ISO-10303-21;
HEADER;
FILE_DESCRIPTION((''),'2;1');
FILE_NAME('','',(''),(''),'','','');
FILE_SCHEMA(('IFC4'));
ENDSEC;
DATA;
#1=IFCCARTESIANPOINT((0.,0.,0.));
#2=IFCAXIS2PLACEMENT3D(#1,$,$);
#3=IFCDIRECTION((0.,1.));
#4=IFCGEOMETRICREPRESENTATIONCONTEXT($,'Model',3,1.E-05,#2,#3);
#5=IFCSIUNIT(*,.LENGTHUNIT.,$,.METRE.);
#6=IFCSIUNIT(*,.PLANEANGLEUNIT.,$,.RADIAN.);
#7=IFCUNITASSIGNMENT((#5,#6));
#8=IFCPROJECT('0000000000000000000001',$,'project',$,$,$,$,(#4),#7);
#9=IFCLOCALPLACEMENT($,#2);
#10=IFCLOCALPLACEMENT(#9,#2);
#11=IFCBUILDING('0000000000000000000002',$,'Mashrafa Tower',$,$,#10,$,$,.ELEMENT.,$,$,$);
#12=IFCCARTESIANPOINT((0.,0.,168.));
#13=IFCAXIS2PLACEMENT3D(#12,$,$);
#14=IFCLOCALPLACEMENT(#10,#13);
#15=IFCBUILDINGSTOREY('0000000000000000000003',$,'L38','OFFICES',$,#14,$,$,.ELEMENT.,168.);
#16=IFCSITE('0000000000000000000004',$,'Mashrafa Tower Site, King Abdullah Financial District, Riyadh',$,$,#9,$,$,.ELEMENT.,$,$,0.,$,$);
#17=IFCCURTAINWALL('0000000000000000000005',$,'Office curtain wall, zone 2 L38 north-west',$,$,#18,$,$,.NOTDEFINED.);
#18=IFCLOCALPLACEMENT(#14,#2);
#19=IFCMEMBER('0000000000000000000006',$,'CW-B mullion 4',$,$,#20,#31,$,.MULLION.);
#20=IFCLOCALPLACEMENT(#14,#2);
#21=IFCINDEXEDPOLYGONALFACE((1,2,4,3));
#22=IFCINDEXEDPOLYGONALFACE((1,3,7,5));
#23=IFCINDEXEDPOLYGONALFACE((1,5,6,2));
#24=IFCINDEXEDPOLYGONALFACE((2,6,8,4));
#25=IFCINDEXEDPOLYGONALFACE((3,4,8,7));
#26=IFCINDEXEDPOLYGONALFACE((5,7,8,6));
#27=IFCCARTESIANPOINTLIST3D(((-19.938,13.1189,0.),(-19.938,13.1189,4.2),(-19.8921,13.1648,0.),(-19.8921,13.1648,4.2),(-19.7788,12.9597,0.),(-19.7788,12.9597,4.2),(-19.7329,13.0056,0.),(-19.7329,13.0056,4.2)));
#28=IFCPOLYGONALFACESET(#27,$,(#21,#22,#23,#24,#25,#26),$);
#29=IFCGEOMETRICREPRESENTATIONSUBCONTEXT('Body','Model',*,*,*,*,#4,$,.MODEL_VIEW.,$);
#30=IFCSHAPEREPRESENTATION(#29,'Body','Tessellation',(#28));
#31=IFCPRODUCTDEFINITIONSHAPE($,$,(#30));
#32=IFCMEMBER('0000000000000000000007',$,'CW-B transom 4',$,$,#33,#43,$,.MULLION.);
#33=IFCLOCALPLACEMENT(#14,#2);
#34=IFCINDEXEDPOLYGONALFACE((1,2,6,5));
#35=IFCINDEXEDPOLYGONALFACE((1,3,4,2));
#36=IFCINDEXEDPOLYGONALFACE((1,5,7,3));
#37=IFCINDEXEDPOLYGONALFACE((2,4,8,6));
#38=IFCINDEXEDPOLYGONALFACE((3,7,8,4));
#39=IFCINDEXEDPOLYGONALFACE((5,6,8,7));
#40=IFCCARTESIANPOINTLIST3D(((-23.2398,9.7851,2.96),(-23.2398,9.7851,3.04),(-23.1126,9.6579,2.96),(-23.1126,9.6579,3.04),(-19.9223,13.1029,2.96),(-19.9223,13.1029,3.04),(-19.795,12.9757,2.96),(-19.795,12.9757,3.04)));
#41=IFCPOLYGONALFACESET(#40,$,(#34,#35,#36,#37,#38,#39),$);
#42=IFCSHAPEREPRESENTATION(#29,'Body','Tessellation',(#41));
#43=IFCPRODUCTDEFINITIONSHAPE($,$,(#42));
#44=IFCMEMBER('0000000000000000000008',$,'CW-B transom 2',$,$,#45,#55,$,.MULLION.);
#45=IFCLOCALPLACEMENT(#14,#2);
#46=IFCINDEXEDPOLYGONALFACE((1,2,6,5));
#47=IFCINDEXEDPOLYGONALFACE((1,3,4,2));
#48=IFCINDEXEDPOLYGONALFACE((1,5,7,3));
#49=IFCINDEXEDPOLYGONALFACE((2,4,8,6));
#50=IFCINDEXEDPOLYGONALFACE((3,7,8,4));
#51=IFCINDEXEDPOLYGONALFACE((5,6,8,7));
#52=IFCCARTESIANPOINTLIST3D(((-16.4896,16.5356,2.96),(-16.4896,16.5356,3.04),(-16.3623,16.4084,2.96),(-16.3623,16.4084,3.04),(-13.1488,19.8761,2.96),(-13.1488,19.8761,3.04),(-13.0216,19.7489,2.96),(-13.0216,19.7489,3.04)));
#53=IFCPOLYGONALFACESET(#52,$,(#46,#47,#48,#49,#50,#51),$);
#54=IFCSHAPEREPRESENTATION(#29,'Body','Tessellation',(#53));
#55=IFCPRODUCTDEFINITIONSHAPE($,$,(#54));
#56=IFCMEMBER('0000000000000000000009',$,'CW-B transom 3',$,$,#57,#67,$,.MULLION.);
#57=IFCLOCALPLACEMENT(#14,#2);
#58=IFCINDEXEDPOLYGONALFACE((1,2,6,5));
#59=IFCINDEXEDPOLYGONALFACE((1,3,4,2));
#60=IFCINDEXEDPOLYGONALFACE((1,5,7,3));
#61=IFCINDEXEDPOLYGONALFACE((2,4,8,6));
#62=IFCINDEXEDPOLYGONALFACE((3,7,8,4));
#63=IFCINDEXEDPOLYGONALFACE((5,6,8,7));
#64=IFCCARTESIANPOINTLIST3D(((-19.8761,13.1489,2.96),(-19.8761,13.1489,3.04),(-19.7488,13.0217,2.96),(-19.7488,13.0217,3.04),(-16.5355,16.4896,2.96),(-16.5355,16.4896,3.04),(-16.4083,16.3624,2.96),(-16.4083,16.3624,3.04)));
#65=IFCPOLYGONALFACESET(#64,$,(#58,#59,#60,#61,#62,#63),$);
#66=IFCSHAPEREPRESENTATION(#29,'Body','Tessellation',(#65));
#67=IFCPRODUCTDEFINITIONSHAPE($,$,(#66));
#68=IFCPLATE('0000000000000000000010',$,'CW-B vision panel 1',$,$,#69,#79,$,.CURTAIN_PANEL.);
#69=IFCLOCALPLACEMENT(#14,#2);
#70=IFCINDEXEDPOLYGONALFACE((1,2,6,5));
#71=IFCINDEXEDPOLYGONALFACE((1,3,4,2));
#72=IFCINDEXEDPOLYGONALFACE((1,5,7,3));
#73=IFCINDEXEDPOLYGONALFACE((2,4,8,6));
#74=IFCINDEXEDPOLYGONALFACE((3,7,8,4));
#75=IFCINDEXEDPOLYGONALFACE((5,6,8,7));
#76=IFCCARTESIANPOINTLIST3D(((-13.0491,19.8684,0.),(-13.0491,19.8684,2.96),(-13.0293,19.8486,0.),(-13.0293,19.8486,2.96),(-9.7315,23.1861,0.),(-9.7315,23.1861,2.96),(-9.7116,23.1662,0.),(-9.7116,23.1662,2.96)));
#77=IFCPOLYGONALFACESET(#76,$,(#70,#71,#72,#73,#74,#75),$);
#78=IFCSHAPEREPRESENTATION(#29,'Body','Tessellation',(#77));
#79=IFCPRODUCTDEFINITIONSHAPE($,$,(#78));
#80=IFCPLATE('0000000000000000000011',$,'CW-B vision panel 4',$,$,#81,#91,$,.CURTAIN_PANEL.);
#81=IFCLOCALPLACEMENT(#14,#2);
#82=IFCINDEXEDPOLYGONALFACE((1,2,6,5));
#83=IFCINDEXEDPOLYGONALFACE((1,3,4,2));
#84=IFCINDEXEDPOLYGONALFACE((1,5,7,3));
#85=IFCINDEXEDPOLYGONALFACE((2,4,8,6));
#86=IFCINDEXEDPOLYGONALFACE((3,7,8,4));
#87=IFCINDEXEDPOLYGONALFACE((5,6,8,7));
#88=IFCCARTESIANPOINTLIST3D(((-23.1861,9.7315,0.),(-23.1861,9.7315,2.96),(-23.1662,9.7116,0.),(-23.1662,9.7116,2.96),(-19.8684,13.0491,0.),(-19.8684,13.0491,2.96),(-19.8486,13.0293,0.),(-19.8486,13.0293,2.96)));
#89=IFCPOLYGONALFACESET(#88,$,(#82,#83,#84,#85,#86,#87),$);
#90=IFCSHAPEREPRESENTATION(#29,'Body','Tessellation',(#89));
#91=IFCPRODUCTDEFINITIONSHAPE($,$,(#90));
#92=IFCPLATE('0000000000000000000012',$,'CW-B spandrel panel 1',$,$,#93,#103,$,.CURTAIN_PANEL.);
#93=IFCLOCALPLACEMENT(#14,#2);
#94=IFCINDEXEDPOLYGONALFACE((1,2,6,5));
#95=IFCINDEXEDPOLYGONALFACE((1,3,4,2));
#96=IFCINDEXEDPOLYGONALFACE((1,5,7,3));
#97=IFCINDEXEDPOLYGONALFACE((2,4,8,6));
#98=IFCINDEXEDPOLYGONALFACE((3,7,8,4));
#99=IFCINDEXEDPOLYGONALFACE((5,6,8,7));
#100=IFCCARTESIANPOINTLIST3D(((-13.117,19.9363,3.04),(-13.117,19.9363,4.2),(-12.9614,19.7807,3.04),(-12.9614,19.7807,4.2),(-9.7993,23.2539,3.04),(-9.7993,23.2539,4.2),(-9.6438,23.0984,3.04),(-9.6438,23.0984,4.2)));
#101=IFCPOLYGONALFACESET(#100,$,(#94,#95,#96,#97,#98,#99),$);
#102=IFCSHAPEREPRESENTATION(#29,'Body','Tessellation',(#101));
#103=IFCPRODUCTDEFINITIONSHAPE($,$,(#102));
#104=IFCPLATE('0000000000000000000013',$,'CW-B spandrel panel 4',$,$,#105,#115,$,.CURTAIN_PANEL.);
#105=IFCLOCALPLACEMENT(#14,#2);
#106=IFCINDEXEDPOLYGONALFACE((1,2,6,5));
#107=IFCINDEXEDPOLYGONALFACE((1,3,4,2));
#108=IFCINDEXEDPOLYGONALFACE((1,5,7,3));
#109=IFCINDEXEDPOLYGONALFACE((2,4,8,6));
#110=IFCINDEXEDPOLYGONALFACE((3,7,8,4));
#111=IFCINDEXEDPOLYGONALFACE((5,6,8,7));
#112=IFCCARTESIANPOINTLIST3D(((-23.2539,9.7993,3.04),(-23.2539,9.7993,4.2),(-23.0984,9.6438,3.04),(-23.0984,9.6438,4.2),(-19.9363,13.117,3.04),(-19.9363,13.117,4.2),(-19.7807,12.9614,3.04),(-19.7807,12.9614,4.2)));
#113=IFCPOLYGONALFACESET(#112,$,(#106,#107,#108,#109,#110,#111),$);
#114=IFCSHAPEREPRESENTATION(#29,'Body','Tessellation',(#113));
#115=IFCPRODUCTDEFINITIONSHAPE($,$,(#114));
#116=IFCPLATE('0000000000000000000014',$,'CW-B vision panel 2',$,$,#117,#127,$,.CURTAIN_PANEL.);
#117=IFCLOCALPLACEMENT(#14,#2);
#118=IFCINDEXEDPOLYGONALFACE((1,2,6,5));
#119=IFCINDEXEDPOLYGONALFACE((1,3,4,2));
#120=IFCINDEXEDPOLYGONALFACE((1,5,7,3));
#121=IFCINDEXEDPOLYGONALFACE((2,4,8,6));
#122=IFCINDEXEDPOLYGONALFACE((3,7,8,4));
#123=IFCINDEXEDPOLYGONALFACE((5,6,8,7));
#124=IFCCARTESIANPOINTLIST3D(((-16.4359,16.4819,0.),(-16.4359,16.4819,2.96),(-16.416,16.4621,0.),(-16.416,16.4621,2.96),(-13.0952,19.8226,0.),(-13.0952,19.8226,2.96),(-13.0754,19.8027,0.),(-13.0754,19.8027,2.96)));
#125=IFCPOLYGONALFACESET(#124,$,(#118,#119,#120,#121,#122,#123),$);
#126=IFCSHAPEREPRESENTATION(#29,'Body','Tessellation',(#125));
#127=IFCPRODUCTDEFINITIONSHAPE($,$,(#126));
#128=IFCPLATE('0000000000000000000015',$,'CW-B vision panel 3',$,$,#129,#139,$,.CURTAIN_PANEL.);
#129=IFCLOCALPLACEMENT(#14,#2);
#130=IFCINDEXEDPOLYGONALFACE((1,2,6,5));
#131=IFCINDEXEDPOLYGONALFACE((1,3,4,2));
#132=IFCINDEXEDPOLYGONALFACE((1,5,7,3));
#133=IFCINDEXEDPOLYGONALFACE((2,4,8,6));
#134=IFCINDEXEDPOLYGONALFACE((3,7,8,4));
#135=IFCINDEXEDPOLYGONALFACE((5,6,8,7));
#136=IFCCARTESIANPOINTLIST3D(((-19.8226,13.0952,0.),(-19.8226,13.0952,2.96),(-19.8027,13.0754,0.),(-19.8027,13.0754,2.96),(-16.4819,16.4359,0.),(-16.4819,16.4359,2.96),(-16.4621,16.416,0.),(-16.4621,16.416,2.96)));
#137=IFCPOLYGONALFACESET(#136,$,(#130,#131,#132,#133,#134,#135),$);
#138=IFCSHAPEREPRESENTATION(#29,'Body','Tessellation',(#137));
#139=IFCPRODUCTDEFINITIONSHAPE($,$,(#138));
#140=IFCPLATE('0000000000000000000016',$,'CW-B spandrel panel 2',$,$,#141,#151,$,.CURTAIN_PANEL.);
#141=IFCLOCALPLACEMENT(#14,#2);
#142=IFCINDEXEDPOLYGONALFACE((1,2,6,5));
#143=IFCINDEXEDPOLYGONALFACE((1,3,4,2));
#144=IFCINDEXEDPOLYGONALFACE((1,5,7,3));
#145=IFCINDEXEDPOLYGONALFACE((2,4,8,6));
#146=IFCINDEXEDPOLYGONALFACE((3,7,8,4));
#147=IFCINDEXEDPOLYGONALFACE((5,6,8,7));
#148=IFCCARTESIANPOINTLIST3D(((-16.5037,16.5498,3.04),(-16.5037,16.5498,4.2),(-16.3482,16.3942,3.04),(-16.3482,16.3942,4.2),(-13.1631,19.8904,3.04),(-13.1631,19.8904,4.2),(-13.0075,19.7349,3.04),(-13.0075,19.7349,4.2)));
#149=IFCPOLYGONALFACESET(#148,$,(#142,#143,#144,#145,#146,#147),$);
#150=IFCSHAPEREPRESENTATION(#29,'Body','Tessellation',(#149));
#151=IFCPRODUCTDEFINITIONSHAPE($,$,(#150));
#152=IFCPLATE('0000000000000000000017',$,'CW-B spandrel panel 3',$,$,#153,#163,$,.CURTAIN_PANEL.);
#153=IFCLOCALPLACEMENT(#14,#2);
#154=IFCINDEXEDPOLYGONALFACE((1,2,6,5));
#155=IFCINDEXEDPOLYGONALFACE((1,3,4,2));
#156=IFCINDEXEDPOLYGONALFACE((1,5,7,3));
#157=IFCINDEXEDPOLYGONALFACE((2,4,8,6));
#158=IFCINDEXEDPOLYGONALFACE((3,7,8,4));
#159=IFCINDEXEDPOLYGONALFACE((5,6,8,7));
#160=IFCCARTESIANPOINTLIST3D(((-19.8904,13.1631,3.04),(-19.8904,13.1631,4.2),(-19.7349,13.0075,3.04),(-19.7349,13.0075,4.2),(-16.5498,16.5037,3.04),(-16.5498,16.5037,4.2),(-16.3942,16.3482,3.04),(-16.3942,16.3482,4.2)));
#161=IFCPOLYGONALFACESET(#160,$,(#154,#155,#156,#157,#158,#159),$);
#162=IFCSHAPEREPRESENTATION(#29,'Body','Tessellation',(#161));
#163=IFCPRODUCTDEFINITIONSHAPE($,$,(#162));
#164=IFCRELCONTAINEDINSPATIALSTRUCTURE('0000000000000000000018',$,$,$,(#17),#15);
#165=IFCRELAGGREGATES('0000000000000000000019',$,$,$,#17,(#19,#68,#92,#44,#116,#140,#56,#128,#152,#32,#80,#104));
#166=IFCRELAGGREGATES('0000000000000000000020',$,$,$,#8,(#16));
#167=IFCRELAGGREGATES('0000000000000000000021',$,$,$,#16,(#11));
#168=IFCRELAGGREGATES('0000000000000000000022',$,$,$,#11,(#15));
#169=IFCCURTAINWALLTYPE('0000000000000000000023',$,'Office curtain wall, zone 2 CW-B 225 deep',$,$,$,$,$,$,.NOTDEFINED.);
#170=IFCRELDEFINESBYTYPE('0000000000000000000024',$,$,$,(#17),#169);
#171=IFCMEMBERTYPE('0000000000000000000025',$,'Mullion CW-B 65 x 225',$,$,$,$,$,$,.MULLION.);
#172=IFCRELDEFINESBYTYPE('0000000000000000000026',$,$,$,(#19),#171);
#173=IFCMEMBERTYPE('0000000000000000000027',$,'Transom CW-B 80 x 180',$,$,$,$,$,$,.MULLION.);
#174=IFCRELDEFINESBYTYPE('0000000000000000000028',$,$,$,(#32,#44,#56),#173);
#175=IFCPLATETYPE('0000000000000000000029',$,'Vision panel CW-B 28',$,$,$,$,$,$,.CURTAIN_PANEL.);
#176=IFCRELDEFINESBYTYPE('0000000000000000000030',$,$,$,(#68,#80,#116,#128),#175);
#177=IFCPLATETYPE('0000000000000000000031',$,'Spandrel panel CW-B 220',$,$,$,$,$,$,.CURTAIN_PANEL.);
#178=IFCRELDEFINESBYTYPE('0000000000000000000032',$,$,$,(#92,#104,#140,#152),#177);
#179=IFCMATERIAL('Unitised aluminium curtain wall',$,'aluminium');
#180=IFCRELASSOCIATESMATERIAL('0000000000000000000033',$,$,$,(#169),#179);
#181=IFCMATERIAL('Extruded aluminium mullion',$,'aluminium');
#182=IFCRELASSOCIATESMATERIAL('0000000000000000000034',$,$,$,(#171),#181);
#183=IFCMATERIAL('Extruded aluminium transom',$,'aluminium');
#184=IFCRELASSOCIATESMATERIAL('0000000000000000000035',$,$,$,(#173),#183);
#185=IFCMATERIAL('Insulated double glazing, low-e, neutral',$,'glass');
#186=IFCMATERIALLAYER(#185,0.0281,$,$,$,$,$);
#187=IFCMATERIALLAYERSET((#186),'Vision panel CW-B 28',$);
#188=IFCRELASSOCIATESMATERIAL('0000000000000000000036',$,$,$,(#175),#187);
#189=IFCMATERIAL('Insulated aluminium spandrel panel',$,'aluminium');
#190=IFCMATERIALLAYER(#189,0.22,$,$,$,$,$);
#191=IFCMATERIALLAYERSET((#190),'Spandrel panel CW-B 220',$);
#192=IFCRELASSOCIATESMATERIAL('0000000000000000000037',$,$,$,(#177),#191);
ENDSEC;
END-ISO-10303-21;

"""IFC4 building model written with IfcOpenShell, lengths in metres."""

from ifc_helpers import new_model, si_unit, direction, frame, origin, origin_2d, place, context, subcontext, project, spatial, rectangle, extrude, source, transform, mapped, material, layer, layer_set, material_profile, profile_set, type_object, type_shapes, element, aggregate, save


model = new_model("IFC4")

# Units and contexts
model_context = context("Model", 3, precision=1e-05, world=origin(), true_north=direction((0.0, 1.0)))
body_context = subcontext(model_context, "Body", "Model", "MODEL_VIEW")
ifc_project = project(units=[si_unit("LENGTHUNIT", "METRE"), si_unit("PLANEANGLEUNIT", "RADIAN")], contexts=[model_context])

# Site, building, storey
site_placement = place(None, origin())
site = spatial("IfcSite", under=ifc_project, at=site_placement, Name="Mashrafa Tower Site, King Abdullah Financial District, Riyadh", CompositionType="ELEMENT", RefElevation=0.0)
building_placement = place(site_placement, origin())
building = spatial("IfcBuilding", under=site, at=building_placement, Name="Mashrafa Tower", CompositionType="ELEMENT")
storey_placement = place(building_placement, frame((0.0, 0.0, 168.0)))
storey = spatial("IfcBuildingStorey", under=building, at=storey_placement, Name="L38", Description="OFFICES", CompositionType="ELEMENT", Elevation=168.0)

# Curtain wall, members, plates
ifc_material_1 = material(Name="Unitised aluminium curtain wall", Category="aluminium")
curtain_wall_type = type_object("IfcCurtainWallType", Name="Office curtain wall, zone 2 CW-B 225 deep", PredefinedType="NOTDEFINED", material=ifc_material_1)
curtain_wall_placement = place(storey_placement, origin())
curtain_wall = element("IfcCurtainWall", 1, at=curtain_wall_placement, inside=storey, type_object=curtain_wall_type, Name="Office curtain wall, zone 2 L38 north-west", PredefinedType="NOTDEFINED")
ifc_material_2 = material(Name="Extruded aluminium mullion", Category="aluminium")
ifc_material_profile_1 = material_profile(ifc_material_2, rectangle(XDim=0.2251, YDim=0.0649, at=origin_2d()), Name="Mullion 65x225")
ifc_profile_set_1 = profile_set([ifc_material_profile_1], Name="Extruded aluminium mullion")
member_type_1 = type_object("IfcMemberType", Name="Mullion CW-B 65 x 225", PredefinedType="MULLION", material=ifc_profile_set_1)
shared_shape_1 = source(origin(), body_context, "Body", "SweptSolid", [
    extrude(rectangle(XDim=0.2251, YDim=0.0649, at=origin_2d()), origin(), (0.0, 0.0, 1.0), 4.2),
])
type_shapes(member_type_1, [shared_shape_1])
member_1_placement = place(storey_placement, frame((-19.8354, 13.0623, 0.0), z_axis=(0.0, 0.0, 1.0), x_axis=(0.707107, -0.707107, 0.0)))
member_1 = element("IfcMember", 2, at=member_1_placement, type_object=member_type_1, Name="CW-B mullion 4", PredefinedType="MULLION", context=body_context, shape_type="MappedRepresentation", body=[
    mapped(shared_shape_1, transform((0.0, 0.0, 0.0))),
])
ifc_material_3 = material(Name="Extruded aluminium transom", Category="aluminium")
ifc_material_profile_2 = material_profile(ifc_material_3, rectangle(XDim=0.1799, YDim=0.0801, at=origin_2d()), Name="Transom 80x180")
ifc_profile_set_2 = profile_set([ifc_material_profile_2], Name="Extruded aluminium transom")
member_type_2 = type_object("IfcMemberType", Name="Transom CW-B 80 x 180", PredefinedType="MULLION", material=ifc_profile_set_2)
shared_shape_2 = source(origin(), body_context, "Body", "SweptSolid", [
    extrude(rectangle(XDim=0.1799, YDim=0.0801, at=origin_2d()), origin(), (0.0, 0.0, 1.0), 4.6919),
])
member_2_placement = place(storey_placement, frame((-19.8586, 13.0393, 3.0), z_axis=(-0.707081, -0.707133, 0.0), x_axis=(0.707133, -0.707081, 0.0)))
member_2 = element("IfcMember", 3, at=member_2_placement, type_object=member_type_2, Name="CW-B transom 4", PredefinedType="MULLION", context=body_context, shape_type="MappedRepresentation", body=[
    mapped(shared_shape_2, transform((0.0, 0.0, 0.0))),
])
shared_shape_3 = source(origin(), body_context, "Body", "SweptSolid", [
    extrude(rectangle(XDim=0.1799, YDim=0.0801, at=origin_2d()), origin(), (0.0, 0.0, 1.0), 4.7244),
])
type_shapes(member_type_2, [shared_shape_2, shared_shape_3])
member_3_placement = place(storey_placement, frame((-13.0852, 19.8125, 3.0), z_axis=(-0.707133, -0.707081, 0.0), x_axis=(0.707081, -0.707133, 0.0)))
member_3 = element("IfcMember", 4, at=member_3_placement, type_object=member_type_2, Name="CW-B transom 2", PredefinedType="MULLION", context=body_context, shape_type="MappedRepresentation", body=[
    mapped(shared_shape_3, transform((0.0, 0.0, 0.0))),
])
member_4_placement = place(storey_placement, frame((-16.4719, 16.426, 3.0), z_axis=(-0.707081, -0.707133, 0.0), x_axis=(0.707133, -0.707081, 0.0)))
member_4 = element("IfcMember", 5, at=member_4_placement, type_object=member_type_2, Name="CW-B transom 3", PredefinedType="MULLION", context=body_context, shape_type="MappedRepresentation", body=[
    mapped(shared_shape_3, transform((0.0, 0.0, 0.0))),
])
ifc_material_4 = material(Name="Insulated double glazing, low-e, neutral", Category="glass")
ifc_layer_1 = layer(ifc_material_4, 0.0281)
ifc_layer_set_1 = layer_set([ifc_layer_1], Name="Vision panel CW-B 28")
plate_type_1 = type_object("IfcPlateType", Name="Vision panel CW-B 28", PredefinedType="CURTAIN_PANEL", material=ifc_layer_set_1)
shared_shape_4 = source(origin(), body_context, "Body", "SweptSolid", [
    extrude(rectangle(XDim=4.6919, YDim=0.0281, at=origin_2d()), origin(), (0.0, 0.0, 1.0), 2.96),
])
plate_1_placement = place(storey_placement, frame((-11.3804, 21.5173, 0.0), z_axis=(0.0, 0.0, 1.0), x_axis=(-0.707107, -0.707107, 0.0)))
plate_1 = element("IfcPlate", 6, at=plate_1_placement, type_object=plate_type_1, Name="CW-B vision panel 1", PredefinedType="CURTAIN_PANEL", context=body_context, shape_type="MappedRepresentation", body=[
    mapped(shared_shape_4, transform((0.0, 0.0, 0.0))),
])
plate_2_placement = place(storey_placement, frame((-21.5173, 11.3804, 0.0), z_axis=(0.0, 0.0, 1.0), x_axis=(-0.707107, -0.707107, 0.0)))
plate_2 = element("IfcPlate", 7, at=plate_2_placement, type_object=plate_type_1, Name="CW-B vision panel 4", PredefinedType="CURTAIN_PANEL", context=body_context, shape_type="MappedRepresentation", body=[
    mapped(shared_shape_4, transform((0.0, 0.0, 0.0))),
])
ifc_material_5 = material(Name="Insulated aluminium spandrel panel", Category="aluminium")
ifc_layer_2 = layer(ifc_material_5, 0.22)
ifc_layer_set_2 = layer_set([ifc_layer_2], Name="Spandrel panel CW-B 220")
plate_type_2 = type_object("IfcPlateType", Name="Spandrel panel CW-B 220", PredefinedType="CURTAIN_PANEL", material=ifc_layer_set_2)
shared_shape_5 = source(origin(), body_context, "Body", "SweptSolid", [
    extrude(rectangle(XDim=4.6919, YDim=0.22, at=origin_2d()), origin(), (0.0, 0.0, 1.0), 1.1599),
])
plate_3_placement = place(storey_placement, frame((-11.3804, 21.5173, 3.04), z_axis=(0.0, 0.0, 1.0), x_axis=(-0.707107, -0.707107, 0.0)))
plate_3 = element("IfcPlate", 8, at=plate_3_placement, type_object=plate_type_2, Name="CW-B spandrel panel 1", PredefinedType="CURTAIN_PANEL", context=body_context, shape_type="MappedRepresentation", body=[
    mapped(shared_shape_5, transform((0.0, 0.0, 0.0))),
])
plate_4_placement = place(storey_placement, frame((-21.5173, 11.3804, 3.04), z_axis=(0.0, 0.0, 1.0), x_axis=(-0.707107, -0.707107, 0.0)))
plate_4 = element("IfcPlate", 9, at=plate_4_placement, type_object=plate_type_2, Name="CW-B spandrel panel 4", PredefinedType="CURTAIN_PANEL", context=body_context, shape_type="MappedRepresentation", body=[
    mapped(shared_shape_5, transform((0.0, 0.0, 0.0))),
])
shared_shape_6 = source(origin(), body_context, "Body", "SweptSolid", [
    extrude(rectangle(XDim=4.7244, YDim=0.0281, at=origin_2d()), origin(), (0.0, 0.0, 1.0), 2.96),
])
type_shapes(plate_type_1, [shared_shape_4, shared_shape_6])
plate_5_placement = place(storey_placement, frame((-14.7556, 18.1423, 0.0), z_axis=(0.0, 0.0, 1.0), x_axis=(-0.707107, -0.707107, 0.0)))
plate_5 = element("IfcPlate", 10, at=plate_5_placement, type_object=plate_type_1, Name="CW-B vision panel 2", PredefinedType="CURTAIN_PANEL", context=body_context, shape_type="MappedRepresentation", body=[
    mapped(shared_shape_6, transform((0.0, 0.0, 0.0))),
])
plate_6_placement = place(storey_placement, frame((-18.1423, 14.7556, 0.0), z_axis=(0.0, 0.0, 1.0), x_axis=(-0.707107, -0.707107, 0.0)))
plate_6 = element("IfcPlate", 11, at=plate_6_placement, type_object=plate_type_1, Name="CW-B vision panel 3", PredefinedType="CURTAIN_PANEL", context=body_context, shape_type="MappedRepresentation", body=[
    mapped(shared_shape_6, transform((0.0, 0.0, 0.0))),
])
shared_shape_7 = source(origin(), body_context, "Body", "SweptSolid", [
    extrude(rectangle(XDim=4.7244, YDim=0.22, at=origin_2d()), origin(), (0.0, 0.0, 1.0), 1.1599),
])
type_shapes(plate_type_2, [shared_shape_5, shared_shape_7])
plate_7_placement = place(storey_placement, frame((-14.7556, 18.1423, 3.04), z_axis=(0.0, 0.0, 1.0), x_axis=(-0.707107, -0.707107, 0.0)))
plate_7 = element("IfcPlate", 12, at=plate_7_placement, type_object=plate_type_2, Name="CW-B spandrel panel 2", PredefinedType="CURTAIN_PANEL", context=body_context, shape_type="MappedRepresentation", body=[
    mapped(shared_shape_7, transform((0.0, 0.0, 0.0))),
])
plate_8_placement = place(storey_placement, frame((-18.1423, 14.7556, 3.04), z_axis=(0.0, 0.0, 1.0), x_axis=(-0.707107, -0.707107, 0.0)))
plate_8 = element("IfcPlate", 13, at=plate_8_placement, type_object=plate_type_2, Name="CW-B spandrel panel 3", PredefinedType="CURTAIN_PANEL", context=body_context, shape_type="MappedRepresentation", body=[
    mapped(shared_shape_7, transform((0.0, 0.0, 0.0))),
])
aggregate(curtain_wall, [member_1, plate_1, plate_3, member_3, plate_5, plate_7, member_4, plate_6, plate_8, member_2, plate_2, plate_4])

save(model, "model.ifc")
